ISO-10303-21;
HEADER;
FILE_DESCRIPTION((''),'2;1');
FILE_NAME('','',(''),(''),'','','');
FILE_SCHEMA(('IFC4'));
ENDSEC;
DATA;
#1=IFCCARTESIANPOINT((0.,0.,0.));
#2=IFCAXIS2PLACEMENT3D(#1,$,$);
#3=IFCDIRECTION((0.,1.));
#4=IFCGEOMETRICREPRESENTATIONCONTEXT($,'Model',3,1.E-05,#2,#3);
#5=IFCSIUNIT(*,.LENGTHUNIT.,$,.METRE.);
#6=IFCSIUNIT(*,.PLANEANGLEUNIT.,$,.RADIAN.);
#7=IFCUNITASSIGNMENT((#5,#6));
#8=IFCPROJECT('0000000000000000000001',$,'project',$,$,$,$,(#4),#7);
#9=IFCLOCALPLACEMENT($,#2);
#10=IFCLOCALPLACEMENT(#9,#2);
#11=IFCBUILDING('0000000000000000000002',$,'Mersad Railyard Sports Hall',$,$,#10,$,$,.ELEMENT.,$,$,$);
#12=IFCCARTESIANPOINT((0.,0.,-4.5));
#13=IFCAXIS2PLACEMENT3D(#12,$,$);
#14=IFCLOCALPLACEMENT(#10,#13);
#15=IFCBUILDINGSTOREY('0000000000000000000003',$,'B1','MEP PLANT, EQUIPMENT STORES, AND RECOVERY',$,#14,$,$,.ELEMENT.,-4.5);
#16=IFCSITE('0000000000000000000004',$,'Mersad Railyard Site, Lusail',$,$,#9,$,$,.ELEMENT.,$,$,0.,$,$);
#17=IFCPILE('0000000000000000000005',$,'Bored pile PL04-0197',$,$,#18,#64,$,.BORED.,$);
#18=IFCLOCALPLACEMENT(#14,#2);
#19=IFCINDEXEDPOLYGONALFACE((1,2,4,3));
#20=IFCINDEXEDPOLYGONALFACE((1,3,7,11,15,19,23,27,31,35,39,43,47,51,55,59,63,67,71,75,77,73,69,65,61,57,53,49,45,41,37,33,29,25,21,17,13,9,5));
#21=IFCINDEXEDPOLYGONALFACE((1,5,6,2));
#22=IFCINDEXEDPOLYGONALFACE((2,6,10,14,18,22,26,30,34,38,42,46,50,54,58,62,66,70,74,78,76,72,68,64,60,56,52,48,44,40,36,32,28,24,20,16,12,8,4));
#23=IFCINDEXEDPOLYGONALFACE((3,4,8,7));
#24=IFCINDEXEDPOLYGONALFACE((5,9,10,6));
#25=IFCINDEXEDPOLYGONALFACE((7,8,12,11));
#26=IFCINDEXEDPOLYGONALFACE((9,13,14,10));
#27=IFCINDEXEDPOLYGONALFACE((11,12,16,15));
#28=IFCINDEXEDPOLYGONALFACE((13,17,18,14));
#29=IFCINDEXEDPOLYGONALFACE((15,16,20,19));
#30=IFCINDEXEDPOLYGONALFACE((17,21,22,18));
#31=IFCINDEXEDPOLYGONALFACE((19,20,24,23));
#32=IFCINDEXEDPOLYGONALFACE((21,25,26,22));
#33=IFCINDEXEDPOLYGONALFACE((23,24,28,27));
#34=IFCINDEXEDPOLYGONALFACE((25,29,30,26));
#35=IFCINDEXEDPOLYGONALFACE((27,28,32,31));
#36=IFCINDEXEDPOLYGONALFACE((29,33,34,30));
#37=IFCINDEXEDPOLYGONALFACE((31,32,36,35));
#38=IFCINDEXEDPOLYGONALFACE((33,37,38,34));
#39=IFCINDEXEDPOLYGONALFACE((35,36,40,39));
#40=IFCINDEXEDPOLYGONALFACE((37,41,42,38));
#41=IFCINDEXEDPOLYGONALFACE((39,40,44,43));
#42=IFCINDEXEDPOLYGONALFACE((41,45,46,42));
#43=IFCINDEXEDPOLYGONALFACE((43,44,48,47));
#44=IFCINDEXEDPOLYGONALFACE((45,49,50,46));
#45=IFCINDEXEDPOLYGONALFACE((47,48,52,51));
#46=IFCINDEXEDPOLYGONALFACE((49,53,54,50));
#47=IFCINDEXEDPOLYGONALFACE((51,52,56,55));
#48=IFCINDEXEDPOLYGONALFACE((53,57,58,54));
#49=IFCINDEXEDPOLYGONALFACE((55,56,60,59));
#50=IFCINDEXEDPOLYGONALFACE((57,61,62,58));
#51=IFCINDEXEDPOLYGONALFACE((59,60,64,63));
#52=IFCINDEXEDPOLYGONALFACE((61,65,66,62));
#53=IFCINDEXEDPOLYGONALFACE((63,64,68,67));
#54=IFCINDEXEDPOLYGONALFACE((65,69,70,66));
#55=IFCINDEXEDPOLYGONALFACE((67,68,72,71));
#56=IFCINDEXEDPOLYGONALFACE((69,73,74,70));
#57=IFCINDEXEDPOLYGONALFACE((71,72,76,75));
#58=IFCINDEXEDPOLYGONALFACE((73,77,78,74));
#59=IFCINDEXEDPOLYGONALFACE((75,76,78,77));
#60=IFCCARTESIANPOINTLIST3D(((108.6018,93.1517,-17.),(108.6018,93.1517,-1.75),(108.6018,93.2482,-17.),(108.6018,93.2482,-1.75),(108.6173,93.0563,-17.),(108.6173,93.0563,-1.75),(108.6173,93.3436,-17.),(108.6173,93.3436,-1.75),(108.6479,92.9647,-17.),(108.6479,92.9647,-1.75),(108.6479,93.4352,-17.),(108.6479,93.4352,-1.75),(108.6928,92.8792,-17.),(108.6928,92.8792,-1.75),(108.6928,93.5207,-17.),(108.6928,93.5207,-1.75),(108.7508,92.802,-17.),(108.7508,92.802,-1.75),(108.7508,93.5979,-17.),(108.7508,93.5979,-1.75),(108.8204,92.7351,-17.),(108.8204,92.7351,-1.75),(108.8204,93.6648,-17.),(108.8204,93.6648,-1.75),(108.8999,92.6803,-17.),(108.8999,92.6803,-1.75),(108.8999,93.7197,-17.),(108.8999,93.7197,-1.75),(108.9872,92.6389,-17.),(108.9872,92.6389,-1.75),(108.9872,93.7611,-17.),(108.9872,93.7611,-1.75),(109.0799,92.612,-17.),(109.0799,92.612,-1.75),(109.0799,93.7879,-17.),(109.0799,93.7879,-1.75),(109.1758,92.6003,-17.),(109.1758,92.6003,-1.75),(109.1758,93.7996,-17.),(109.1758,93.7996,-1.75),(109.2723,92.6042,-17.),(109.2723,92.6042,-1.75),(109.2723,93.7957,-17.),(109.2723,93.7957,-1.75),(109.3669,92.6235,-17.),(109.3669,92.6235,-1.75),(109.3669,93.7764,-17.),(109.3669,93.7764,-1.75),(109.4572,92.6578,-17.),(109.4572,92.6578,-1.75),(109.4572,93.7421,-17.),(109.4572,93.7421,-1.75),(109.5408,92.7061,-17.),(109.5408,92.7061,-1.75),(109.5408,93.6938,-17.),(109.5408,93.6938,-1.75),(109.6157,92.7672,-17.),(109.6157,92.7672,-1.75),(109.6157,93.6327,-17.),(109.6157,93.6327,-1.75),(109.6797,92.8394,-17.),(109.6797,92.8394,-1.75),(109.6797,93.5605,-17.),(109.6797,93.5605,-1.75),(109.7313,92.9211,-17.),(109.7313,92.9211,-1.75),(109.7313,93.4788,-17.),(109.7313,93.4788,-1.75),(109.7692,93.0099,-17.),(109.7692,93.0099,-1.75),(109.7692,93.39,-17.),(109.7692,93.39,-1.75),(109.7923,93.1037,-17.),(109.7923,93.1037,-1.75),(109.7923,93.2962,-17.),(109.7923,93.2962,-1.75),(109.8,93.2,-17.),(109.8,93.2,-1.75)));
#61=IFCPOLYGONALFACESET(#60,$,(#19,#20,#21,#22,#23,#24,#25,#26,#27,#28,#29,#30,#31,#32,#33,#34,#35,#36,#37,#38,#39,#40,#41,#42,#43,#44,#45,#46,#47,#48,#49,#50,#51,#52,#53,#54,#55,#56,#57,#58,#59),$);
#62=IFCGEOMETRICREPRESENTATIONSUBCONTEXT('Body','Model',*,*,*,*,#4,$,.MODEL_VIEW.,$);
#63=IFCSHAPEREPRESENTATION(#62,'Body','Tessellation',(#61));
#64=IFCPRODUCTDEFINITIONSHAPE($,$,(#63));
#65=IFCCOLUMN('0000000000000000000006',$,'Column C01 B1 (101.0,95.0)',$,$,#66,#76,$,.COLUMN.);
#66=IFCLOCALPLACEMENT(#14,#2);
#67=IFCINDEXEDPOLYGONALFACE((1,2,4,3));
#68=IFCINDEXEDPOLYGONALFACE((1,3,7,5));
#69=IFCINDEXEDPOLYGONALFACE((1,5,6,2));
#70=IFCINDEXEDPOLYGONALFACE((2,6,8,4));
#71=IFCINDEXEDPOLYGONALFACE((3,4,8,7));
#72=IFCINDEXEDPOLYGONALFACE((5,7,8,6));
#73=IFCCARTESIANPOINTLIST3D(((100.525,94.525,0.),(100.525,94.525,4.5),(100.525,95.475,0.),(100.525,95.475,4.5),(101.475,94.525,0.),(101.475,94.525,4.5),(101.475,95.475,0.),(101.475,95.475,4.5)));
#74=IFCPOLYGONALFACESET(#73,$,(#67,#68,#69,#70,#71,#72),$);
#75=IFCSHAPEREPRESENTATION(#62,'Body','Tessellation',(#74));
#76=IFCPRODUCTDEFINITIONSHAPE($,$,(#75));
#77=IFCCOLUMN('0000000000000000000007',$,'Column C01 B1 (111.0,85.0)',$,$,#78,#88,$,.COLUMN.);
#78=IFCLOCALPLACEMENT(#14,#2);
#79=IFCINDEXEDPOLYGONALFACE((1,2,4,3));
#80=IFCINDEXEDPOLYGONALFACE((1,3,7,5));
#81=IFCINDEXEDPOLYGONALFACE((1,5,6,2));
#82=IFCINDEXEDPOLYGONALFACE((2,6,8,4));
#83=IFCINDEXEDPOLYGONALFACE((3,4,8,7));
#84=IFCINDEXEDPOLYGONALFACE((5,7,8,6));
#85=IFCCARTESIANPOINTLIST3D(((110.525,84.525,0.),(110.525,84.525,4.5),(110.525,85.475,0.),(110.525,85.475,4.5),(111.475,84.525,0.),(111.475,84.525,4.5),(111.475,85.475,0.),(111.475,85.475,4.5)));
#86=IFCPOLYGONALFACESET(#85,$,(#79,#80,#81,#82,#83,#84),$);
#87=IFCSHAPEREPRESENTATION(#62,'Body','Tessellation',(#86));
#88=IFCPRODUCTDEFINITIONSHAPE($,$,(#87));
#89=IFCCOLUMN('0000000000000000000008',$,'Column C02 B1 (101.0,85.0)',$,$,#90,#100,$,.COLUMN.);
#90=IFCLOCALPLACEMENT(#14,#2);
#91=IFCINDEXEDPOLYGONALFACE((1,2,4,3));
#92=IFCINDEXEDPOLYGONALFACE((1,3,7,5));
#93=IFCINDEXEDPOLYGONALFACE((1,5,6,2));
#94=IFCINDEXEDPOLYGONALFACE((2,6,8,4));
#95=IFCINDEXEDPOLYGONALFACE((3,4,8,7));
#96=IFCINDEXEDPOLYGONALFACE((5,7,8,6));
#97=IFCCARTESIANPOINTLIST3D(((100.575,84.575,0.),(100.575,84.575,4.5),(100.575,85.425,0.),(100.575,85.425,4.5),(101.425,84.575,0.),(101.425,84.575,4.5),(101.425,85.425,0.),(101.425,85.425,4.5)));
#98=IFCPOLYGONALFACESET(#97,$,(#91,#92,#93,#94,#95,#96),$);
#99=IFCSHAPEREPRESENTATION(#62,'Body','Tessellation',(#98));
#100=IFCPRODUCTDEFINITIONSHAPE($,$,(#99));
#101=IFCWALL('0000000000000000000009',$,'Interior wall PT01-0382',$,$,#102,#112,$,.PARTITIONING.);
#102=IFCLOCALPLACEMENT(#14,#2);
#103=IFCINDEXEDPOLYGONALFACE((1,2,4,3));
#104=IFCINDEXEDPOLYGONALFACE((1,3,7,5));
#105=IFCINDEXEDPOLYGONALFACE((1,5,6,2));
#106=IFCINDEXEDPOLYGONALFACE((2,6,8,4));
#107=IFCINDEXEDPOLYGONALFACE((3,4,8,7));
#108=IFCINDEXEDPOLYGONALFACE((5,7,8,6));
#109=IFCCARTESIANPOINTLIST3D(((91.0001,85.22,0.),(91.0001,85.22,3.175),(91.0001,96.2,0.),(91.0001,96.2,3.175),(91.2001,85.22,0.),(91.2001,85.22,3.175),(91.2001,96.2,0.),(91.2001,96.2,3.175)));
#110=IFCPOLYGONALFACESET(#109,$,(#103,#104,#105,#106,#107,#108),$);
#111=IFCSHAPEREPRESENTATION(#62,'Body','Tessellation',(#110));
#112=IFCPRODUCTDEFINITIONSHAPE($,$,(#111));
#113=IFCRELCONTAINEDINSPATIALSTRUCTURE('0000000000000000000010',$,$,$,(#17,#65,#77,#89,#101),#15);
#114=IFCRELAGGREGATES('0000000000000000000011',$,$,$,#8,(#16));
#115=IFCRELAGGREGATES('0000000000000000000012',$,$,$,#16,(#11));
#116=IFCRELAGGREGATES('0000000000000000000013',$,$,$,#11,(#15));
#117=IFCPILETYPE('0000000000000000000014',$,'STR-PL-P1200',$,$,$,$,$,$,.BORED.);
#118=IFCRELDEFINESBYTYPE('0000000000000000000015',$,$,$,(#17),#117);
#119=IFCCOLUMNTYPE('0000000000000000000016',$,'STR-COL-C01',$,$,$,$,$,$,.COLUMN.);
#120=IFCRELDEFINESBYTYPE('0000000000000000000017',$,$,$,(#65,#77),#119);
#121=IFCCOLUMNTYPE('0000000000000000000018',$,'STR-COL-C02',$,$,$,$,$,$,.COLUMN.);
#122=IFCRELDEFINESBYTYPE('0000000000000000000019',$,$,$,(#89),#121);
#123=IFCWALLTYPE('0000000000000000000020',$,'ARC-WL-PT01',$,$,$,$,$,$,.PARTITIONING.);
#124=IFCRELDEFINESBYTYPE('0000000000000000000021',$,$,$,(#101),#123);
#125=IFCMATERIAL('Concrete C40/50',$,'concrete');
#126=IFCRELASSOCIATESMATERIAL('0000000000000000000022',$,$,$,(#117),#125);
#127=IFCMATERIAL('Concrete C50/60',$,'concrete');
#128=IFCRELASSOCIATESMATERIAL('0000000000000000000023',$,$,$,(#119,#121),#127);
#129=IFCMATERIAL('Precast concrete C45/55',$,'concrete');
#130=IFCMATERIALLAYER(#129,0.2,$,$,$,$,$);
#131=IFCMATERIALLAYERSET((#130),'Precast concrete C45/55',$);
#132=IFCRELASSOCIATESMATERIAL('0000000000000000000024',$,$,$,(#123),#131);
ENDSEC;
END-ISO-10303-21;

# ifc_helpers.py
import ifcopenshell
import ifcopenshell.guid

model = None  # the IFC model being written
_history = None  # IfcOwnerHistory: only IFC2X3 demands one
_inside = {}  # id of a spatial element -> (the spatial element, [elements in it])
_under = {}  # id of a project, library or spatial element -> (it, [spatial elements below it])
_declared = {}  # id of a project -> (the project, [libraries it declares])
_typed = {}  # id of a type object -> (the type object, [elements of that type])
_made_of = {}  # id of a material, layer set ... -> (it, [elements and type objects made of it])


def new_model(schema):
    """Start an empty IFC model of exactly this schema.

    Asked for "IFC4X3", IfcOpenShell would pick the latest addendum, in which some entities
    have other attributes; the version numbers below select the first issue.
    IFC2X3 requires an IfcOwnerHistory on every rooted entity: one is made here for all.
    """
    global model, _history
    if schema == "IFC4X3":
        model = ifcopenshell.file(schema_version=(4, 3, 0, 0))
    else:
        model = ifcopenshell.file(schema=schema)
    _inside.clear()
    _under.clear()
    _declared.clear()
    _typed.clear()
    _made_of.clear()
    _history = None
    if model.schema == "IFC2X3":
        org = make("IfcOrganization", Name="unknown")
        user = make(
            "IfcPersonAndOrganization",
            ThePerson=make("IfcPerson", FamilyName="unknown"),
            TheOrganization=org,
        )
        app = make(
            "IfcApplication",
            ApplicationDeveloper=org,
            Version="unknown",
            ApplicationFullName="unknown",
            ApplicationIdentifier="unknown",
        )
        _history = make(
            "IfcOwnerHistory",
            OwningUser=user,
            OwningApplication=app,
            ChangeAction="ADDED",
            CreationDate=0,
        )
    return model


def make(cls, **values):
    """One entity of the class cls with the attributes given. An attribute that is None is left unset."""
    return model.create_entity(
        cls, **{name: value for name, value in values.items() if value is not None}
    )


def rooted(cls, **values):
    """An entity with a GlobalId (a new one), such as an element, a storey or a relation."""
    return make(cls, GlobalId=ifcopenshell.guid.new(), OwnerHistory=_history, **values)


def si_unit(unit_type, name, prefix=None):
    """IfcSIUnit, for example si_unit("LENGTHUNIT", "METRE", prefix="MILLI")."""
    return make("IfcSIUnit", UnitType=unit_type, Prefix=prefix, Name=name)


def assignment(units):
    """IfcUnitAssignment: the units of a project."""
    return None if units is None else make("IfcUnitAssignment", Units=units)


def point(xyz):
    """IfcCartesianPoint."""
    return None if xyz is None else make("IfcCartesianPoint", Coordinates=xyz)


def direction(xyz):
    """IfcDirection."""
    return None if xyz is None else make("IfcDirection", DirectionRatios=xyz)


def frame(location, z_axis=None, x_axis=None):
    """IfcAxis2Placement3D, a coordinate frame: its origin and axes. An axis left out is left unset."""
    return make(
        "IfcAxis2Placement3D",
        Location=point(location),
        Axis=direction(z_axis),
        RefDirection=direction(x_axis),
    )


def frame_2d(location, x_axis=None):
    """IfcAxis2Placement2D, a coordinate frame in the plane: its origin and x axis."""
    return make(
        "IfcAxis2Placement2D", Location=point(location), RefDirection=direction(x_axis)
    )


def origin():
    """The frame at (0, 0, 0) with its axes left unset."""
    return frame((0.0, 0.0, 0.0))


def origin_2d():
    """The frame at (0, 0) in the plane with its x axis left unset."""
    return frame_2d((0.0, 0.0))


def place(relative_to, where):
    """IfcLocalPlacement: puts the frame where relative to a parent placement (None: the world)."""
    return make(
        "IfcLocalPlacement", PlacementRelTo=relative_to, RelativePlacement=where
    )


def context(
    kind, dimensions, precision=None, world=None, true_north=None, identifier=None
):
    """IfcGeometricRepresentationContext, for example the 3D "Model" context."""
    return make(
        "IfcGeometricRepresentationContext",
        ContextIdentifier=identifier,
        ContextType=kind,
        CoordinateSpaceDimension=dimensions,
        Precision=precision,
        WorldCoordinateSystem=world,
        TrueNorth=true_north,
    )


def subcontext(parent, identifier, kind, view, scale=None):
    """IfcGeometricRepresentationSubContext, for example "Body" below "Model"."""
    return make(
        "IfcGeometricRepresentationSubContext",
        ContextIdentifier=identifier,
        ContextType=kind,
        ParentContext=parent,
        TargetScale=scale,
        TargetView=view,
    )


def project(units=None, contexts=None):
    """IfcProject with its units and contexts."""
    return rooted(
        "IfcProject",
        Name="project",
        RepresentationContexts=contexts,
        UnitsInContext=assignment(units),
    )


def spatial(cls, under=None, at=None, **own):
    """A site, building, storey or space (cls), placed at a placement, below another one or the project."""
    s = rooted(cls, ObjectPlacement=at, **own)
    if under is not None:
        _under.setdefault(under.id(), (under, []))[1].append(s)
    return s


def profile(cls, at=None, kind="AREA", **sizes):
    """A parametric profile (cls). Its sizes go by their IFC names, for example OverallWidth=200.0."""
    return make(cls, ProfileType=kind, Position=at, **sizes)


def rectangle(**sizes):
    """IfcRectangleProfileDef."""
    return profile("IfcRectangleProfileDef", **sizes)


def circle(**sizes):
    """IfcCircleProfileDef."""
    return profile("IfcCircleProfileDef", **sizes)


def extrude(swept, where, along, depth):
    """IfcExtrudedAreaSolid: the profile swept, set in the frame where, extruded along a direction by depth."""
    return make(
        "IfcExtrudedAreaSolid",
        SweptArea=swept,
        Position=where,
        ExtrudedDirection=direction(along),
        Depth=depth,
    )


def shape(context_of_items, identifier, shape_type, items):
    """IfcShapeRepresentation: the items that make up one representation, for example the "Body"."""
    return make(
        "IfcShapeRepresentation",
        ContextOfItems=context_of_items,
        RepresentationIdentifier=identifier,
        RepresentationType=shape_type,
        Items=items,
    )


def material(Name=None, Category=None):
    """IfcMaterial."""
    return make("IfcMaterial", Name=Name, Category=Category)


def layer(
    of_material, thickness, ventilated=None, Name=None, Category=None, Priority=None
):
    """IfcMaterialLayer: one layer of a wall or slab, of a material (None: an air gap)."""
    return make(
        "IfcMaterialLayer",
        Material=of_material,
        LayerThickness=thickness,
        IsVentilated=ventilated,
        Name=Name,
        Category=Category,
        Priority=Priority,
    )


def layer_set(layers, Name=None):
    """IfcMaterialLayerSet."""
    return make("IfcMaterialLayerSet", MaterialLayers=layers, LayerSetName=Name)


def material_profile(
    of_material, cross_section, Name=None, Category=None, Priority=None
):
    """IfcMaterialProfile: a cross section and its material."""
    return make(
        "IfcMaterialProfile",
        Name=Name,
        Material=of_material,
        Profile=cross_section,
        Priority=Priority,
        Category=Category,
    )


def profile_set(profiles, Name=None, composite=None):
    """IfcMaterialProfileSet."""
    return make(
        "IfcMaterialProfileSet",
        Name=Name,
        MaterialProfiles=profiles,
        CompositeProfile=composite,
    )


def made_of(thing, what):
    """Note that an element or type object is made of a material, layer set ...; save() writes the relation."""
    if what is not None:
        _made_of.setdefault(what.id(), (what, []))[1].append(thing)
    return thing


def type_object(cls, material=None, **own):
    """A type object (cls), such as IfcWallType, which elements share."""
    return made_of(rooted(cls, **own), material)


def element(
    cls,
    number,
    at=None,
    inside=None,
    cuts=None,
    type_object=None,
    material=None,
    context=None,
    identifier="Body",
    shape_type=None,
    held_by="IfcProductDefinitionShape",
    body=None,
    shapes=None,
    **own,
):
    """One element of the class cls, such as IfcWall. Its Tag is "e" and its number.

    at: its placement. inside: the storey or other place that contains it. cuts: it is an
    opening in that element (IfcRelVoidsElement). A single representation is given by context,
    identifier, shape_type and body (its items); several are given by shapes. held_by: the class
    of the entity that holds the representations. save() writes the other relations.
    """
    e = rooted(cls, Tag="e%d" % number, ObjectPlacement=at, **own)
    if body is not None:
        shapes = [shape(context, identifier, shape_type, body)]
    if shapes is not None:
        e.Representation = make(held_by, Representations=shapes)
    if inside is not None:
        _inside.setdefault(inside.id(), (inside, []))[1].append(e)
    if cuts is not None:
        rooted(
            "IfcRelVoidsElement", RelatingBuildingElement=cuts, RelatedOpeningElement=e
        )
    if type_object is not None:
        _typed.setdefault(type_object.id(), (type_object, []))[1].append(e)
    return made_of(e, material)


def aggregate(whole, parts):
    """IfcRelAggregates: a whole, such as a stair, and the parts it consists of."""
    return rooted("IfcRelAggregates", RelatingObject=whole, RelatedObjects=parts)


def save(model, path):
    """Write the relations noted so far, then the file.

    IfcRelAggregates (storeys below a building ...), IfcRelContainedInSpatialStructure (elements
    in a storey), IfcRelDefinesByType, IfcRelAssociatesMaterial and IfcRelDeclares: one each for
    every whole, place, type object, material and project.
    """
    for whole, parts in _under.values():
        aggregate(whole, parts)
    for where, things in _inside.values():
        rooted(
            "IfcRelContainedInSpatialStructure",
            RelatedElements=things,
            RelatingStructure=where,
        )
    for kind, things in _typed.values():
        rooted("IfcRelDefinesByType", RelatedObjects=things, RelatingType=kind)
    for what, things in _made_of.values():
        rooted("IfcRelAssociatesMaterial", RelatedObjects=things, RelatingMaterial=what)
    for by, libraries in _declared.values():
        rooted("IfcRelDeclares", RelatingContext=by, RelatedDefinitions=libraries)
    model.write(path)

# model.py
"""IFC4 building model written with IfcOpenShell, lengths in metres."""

from ifc_helpers import new_model, si_unit, direction, frame, frame_2d, origin, origin_2d, place, context, subcontext, project, spatial, rectangle, circle, extrude, material, layer, layer_set, material_profile, profile_set, type_object, element, save


model = new_model("IFC4")

# Units and contexts
model_context = context("Model", 3, precision=1e-05, world=origin(), true_north=direction((0.0, 1.0)))
body_context = subcontext(model_context, "Body", "Model", "MODEL_VIEW")
ifc_project = project(units=[si_unit("LENGTHUNIT", "METRE"), si_unit("PLANEANGLEUNIT", "RADIAN")], contexts=[model_context])

# Site, building, storey
site_placement = place(None, origin())
site = spatial("IfcSite", under=ifc_project, at=site_placement, Name="Mersad Railyard Site, Lusail", CompositionType="ELEMENT", RefElevation=0.0)
building_placement = place(site_placement, origin())
building = spatial("IfcBuilding", under=site, at=building_placement, Name="Mersad Railyard Sports Hall", CompositionType="ELEMENT")
storey_placement = place(building_placement, frame((0.0, 0.0, -4.5)))
storey = spatial("IfcBuildingStorey", under=building, at=storey_placement, Name="B1", Description="MEP PLANT, EQUIPMENT STORES, AND RECOVERY", CompositionType="ELEMENT", Elevation=-4.5)

# Shared definitions
ifc_material_1 = material(Name="Concrete C40/50", Category="concrete")

# Pile
ifc_material_profile_1 = material_profile(ifc_material_1, circle(Radius=0.6001, at=origin_2d()), Name="BORED PILE D1200")
ifc_profile_set_1 = profile_set([ifc_material_profile_1], Name="Concrete C40/50")
pile_type_1 = type_object("IfcPileType", Name="STR-PL-P1200", PredefinedType="BORED", material=ifc_profile_set_1)
pile_1_placement = place(storey_placement, frame((109.2, 93.2, -1.75), z_axis=(0.0, 0.0, -1.0), x_axis=(1.0, 0.0, 0.0)))
element("IfcPile", 1, at=pile_1_placement, inside=storey, type_object=pile_type_1, Name="Bored pile PL04-0197", PredefinedType="BORED", context=body_context, shape_type="SweptSolid", body=[
    extrude(circle(Radius=0.6001, at=origin_2d()), origin(), (0.0, 0.0, 1.0), 15.25),
])

# Columns
ifc_material_2 = material(Name="Concrete C50/60", Category="concrete")
ifc_material_profile_2 = material_profile(ifc_material_2, rectangle(XDim=0.95, YDim=0.95, at=origin_2d()), Name="RC 950x950")
ifc_profile_set_2 = profile_set([ifc_material_profile_2], Name="Concrete C50/60")
column_type_1 = type_object("IfcColumnType", Name="STR-COL-C01", PredefinedType="COLUMN", material=ifc_profile_set_2)
for number, where, z_axis, x_axis, name in (
    (2, (101.0, 95.0, 0.0), (0.0, 0.0, 1.0), (1.0, 0.0, 0.0), "Column C01 B1 (101.0,95.0)"),
    (3, (111.0, 85.0, 0.0), (0.0, 0.0, 1.0), (1.0, 0.0, 0.0), "Column C01 B1 (111.0,85.0)"),
):
    element("IfcColumn", number, at=place(storey_placement, frame(where, z_axis=z_axis, x_axis=x_axis)), inside=storey, type_object=column_type_1, Name=name, PredefinedType="COLUMN", context=body_context, shape_type="SweptSolid", body=[
        extrude(rectangle(XDim=0.95, YDim=0.95, at=origin_2d()), origin(), (0.0, 0.0, 1.0), 4.5),
    ])
ifc_material_profile_3 = material_profile(ifc_material_2, rectangle(XDim=0.8501, YDim=0.8501, at=origin_2d()), Name="RC 850x850")
ifc_profile_set_3 = profile_set([ifc_material_profile_3], Name="Concrete C50/60")
column_type_2 = type_object("IfcColumnType", Name="STR-COL-C02", PredefinedType="COLUMN", material=ifc_profile_set_3)
column_placement = place(storey_placement, frame((101.0, 85.0, 0.0), z_axis=(0.0, 0.0, 1.0), x_axis=(1.0, 0.0, 0.0)))
element("IfcColumn", 4, at=column_placement, inside=storey, type_object=column_type_2, Name="Column C02 B1 (101.0,85.0)", PredefinedType="COLUMN", context=body_context, shape_type="SweptSolid", body=[
    extrude(rectangle(XDim=0.8501, YDim=0.8501, at=origin_2d()), origin(), (0.0, 0.0, 1.0), 4.5),
])

# Wall
ifc_material_3 = material(Name="Precast concrete C45/55", Category="concrete")
ifc_layer = layer(ifc_material_3, 0.2)
ifc_layer_set = layer_set([ifc_layer], Name="Precast concrete C45/55")
wall_type = type_object("IfcWallType", Name="ARC-WL-PT01", PredefinedType="PARTITIONING", material=ifc_layer_set)
wall_placement = place(storey_placement, frame((91.1001, 85.22, 0.0), z_axis=(0.0, 0.0, 1.0), x_axis=(0.0, 1.0, 0.0)))
element("IfcWall", 5, at=wall_placement, inside=storey, type_object=wall_type, Name="Interior wall PT01-0382", PredefinedType="PARTITIONING", context=body_context, shape_type="SweptSolid", body=[
    extrude(rectangle(XDim=10.98, YDim=0.2, at=frame_2d((5.49, 0.0))), origin(), (0.0, 0.0, 1.0), 3.175),
])

save(model, "model.ifc")
